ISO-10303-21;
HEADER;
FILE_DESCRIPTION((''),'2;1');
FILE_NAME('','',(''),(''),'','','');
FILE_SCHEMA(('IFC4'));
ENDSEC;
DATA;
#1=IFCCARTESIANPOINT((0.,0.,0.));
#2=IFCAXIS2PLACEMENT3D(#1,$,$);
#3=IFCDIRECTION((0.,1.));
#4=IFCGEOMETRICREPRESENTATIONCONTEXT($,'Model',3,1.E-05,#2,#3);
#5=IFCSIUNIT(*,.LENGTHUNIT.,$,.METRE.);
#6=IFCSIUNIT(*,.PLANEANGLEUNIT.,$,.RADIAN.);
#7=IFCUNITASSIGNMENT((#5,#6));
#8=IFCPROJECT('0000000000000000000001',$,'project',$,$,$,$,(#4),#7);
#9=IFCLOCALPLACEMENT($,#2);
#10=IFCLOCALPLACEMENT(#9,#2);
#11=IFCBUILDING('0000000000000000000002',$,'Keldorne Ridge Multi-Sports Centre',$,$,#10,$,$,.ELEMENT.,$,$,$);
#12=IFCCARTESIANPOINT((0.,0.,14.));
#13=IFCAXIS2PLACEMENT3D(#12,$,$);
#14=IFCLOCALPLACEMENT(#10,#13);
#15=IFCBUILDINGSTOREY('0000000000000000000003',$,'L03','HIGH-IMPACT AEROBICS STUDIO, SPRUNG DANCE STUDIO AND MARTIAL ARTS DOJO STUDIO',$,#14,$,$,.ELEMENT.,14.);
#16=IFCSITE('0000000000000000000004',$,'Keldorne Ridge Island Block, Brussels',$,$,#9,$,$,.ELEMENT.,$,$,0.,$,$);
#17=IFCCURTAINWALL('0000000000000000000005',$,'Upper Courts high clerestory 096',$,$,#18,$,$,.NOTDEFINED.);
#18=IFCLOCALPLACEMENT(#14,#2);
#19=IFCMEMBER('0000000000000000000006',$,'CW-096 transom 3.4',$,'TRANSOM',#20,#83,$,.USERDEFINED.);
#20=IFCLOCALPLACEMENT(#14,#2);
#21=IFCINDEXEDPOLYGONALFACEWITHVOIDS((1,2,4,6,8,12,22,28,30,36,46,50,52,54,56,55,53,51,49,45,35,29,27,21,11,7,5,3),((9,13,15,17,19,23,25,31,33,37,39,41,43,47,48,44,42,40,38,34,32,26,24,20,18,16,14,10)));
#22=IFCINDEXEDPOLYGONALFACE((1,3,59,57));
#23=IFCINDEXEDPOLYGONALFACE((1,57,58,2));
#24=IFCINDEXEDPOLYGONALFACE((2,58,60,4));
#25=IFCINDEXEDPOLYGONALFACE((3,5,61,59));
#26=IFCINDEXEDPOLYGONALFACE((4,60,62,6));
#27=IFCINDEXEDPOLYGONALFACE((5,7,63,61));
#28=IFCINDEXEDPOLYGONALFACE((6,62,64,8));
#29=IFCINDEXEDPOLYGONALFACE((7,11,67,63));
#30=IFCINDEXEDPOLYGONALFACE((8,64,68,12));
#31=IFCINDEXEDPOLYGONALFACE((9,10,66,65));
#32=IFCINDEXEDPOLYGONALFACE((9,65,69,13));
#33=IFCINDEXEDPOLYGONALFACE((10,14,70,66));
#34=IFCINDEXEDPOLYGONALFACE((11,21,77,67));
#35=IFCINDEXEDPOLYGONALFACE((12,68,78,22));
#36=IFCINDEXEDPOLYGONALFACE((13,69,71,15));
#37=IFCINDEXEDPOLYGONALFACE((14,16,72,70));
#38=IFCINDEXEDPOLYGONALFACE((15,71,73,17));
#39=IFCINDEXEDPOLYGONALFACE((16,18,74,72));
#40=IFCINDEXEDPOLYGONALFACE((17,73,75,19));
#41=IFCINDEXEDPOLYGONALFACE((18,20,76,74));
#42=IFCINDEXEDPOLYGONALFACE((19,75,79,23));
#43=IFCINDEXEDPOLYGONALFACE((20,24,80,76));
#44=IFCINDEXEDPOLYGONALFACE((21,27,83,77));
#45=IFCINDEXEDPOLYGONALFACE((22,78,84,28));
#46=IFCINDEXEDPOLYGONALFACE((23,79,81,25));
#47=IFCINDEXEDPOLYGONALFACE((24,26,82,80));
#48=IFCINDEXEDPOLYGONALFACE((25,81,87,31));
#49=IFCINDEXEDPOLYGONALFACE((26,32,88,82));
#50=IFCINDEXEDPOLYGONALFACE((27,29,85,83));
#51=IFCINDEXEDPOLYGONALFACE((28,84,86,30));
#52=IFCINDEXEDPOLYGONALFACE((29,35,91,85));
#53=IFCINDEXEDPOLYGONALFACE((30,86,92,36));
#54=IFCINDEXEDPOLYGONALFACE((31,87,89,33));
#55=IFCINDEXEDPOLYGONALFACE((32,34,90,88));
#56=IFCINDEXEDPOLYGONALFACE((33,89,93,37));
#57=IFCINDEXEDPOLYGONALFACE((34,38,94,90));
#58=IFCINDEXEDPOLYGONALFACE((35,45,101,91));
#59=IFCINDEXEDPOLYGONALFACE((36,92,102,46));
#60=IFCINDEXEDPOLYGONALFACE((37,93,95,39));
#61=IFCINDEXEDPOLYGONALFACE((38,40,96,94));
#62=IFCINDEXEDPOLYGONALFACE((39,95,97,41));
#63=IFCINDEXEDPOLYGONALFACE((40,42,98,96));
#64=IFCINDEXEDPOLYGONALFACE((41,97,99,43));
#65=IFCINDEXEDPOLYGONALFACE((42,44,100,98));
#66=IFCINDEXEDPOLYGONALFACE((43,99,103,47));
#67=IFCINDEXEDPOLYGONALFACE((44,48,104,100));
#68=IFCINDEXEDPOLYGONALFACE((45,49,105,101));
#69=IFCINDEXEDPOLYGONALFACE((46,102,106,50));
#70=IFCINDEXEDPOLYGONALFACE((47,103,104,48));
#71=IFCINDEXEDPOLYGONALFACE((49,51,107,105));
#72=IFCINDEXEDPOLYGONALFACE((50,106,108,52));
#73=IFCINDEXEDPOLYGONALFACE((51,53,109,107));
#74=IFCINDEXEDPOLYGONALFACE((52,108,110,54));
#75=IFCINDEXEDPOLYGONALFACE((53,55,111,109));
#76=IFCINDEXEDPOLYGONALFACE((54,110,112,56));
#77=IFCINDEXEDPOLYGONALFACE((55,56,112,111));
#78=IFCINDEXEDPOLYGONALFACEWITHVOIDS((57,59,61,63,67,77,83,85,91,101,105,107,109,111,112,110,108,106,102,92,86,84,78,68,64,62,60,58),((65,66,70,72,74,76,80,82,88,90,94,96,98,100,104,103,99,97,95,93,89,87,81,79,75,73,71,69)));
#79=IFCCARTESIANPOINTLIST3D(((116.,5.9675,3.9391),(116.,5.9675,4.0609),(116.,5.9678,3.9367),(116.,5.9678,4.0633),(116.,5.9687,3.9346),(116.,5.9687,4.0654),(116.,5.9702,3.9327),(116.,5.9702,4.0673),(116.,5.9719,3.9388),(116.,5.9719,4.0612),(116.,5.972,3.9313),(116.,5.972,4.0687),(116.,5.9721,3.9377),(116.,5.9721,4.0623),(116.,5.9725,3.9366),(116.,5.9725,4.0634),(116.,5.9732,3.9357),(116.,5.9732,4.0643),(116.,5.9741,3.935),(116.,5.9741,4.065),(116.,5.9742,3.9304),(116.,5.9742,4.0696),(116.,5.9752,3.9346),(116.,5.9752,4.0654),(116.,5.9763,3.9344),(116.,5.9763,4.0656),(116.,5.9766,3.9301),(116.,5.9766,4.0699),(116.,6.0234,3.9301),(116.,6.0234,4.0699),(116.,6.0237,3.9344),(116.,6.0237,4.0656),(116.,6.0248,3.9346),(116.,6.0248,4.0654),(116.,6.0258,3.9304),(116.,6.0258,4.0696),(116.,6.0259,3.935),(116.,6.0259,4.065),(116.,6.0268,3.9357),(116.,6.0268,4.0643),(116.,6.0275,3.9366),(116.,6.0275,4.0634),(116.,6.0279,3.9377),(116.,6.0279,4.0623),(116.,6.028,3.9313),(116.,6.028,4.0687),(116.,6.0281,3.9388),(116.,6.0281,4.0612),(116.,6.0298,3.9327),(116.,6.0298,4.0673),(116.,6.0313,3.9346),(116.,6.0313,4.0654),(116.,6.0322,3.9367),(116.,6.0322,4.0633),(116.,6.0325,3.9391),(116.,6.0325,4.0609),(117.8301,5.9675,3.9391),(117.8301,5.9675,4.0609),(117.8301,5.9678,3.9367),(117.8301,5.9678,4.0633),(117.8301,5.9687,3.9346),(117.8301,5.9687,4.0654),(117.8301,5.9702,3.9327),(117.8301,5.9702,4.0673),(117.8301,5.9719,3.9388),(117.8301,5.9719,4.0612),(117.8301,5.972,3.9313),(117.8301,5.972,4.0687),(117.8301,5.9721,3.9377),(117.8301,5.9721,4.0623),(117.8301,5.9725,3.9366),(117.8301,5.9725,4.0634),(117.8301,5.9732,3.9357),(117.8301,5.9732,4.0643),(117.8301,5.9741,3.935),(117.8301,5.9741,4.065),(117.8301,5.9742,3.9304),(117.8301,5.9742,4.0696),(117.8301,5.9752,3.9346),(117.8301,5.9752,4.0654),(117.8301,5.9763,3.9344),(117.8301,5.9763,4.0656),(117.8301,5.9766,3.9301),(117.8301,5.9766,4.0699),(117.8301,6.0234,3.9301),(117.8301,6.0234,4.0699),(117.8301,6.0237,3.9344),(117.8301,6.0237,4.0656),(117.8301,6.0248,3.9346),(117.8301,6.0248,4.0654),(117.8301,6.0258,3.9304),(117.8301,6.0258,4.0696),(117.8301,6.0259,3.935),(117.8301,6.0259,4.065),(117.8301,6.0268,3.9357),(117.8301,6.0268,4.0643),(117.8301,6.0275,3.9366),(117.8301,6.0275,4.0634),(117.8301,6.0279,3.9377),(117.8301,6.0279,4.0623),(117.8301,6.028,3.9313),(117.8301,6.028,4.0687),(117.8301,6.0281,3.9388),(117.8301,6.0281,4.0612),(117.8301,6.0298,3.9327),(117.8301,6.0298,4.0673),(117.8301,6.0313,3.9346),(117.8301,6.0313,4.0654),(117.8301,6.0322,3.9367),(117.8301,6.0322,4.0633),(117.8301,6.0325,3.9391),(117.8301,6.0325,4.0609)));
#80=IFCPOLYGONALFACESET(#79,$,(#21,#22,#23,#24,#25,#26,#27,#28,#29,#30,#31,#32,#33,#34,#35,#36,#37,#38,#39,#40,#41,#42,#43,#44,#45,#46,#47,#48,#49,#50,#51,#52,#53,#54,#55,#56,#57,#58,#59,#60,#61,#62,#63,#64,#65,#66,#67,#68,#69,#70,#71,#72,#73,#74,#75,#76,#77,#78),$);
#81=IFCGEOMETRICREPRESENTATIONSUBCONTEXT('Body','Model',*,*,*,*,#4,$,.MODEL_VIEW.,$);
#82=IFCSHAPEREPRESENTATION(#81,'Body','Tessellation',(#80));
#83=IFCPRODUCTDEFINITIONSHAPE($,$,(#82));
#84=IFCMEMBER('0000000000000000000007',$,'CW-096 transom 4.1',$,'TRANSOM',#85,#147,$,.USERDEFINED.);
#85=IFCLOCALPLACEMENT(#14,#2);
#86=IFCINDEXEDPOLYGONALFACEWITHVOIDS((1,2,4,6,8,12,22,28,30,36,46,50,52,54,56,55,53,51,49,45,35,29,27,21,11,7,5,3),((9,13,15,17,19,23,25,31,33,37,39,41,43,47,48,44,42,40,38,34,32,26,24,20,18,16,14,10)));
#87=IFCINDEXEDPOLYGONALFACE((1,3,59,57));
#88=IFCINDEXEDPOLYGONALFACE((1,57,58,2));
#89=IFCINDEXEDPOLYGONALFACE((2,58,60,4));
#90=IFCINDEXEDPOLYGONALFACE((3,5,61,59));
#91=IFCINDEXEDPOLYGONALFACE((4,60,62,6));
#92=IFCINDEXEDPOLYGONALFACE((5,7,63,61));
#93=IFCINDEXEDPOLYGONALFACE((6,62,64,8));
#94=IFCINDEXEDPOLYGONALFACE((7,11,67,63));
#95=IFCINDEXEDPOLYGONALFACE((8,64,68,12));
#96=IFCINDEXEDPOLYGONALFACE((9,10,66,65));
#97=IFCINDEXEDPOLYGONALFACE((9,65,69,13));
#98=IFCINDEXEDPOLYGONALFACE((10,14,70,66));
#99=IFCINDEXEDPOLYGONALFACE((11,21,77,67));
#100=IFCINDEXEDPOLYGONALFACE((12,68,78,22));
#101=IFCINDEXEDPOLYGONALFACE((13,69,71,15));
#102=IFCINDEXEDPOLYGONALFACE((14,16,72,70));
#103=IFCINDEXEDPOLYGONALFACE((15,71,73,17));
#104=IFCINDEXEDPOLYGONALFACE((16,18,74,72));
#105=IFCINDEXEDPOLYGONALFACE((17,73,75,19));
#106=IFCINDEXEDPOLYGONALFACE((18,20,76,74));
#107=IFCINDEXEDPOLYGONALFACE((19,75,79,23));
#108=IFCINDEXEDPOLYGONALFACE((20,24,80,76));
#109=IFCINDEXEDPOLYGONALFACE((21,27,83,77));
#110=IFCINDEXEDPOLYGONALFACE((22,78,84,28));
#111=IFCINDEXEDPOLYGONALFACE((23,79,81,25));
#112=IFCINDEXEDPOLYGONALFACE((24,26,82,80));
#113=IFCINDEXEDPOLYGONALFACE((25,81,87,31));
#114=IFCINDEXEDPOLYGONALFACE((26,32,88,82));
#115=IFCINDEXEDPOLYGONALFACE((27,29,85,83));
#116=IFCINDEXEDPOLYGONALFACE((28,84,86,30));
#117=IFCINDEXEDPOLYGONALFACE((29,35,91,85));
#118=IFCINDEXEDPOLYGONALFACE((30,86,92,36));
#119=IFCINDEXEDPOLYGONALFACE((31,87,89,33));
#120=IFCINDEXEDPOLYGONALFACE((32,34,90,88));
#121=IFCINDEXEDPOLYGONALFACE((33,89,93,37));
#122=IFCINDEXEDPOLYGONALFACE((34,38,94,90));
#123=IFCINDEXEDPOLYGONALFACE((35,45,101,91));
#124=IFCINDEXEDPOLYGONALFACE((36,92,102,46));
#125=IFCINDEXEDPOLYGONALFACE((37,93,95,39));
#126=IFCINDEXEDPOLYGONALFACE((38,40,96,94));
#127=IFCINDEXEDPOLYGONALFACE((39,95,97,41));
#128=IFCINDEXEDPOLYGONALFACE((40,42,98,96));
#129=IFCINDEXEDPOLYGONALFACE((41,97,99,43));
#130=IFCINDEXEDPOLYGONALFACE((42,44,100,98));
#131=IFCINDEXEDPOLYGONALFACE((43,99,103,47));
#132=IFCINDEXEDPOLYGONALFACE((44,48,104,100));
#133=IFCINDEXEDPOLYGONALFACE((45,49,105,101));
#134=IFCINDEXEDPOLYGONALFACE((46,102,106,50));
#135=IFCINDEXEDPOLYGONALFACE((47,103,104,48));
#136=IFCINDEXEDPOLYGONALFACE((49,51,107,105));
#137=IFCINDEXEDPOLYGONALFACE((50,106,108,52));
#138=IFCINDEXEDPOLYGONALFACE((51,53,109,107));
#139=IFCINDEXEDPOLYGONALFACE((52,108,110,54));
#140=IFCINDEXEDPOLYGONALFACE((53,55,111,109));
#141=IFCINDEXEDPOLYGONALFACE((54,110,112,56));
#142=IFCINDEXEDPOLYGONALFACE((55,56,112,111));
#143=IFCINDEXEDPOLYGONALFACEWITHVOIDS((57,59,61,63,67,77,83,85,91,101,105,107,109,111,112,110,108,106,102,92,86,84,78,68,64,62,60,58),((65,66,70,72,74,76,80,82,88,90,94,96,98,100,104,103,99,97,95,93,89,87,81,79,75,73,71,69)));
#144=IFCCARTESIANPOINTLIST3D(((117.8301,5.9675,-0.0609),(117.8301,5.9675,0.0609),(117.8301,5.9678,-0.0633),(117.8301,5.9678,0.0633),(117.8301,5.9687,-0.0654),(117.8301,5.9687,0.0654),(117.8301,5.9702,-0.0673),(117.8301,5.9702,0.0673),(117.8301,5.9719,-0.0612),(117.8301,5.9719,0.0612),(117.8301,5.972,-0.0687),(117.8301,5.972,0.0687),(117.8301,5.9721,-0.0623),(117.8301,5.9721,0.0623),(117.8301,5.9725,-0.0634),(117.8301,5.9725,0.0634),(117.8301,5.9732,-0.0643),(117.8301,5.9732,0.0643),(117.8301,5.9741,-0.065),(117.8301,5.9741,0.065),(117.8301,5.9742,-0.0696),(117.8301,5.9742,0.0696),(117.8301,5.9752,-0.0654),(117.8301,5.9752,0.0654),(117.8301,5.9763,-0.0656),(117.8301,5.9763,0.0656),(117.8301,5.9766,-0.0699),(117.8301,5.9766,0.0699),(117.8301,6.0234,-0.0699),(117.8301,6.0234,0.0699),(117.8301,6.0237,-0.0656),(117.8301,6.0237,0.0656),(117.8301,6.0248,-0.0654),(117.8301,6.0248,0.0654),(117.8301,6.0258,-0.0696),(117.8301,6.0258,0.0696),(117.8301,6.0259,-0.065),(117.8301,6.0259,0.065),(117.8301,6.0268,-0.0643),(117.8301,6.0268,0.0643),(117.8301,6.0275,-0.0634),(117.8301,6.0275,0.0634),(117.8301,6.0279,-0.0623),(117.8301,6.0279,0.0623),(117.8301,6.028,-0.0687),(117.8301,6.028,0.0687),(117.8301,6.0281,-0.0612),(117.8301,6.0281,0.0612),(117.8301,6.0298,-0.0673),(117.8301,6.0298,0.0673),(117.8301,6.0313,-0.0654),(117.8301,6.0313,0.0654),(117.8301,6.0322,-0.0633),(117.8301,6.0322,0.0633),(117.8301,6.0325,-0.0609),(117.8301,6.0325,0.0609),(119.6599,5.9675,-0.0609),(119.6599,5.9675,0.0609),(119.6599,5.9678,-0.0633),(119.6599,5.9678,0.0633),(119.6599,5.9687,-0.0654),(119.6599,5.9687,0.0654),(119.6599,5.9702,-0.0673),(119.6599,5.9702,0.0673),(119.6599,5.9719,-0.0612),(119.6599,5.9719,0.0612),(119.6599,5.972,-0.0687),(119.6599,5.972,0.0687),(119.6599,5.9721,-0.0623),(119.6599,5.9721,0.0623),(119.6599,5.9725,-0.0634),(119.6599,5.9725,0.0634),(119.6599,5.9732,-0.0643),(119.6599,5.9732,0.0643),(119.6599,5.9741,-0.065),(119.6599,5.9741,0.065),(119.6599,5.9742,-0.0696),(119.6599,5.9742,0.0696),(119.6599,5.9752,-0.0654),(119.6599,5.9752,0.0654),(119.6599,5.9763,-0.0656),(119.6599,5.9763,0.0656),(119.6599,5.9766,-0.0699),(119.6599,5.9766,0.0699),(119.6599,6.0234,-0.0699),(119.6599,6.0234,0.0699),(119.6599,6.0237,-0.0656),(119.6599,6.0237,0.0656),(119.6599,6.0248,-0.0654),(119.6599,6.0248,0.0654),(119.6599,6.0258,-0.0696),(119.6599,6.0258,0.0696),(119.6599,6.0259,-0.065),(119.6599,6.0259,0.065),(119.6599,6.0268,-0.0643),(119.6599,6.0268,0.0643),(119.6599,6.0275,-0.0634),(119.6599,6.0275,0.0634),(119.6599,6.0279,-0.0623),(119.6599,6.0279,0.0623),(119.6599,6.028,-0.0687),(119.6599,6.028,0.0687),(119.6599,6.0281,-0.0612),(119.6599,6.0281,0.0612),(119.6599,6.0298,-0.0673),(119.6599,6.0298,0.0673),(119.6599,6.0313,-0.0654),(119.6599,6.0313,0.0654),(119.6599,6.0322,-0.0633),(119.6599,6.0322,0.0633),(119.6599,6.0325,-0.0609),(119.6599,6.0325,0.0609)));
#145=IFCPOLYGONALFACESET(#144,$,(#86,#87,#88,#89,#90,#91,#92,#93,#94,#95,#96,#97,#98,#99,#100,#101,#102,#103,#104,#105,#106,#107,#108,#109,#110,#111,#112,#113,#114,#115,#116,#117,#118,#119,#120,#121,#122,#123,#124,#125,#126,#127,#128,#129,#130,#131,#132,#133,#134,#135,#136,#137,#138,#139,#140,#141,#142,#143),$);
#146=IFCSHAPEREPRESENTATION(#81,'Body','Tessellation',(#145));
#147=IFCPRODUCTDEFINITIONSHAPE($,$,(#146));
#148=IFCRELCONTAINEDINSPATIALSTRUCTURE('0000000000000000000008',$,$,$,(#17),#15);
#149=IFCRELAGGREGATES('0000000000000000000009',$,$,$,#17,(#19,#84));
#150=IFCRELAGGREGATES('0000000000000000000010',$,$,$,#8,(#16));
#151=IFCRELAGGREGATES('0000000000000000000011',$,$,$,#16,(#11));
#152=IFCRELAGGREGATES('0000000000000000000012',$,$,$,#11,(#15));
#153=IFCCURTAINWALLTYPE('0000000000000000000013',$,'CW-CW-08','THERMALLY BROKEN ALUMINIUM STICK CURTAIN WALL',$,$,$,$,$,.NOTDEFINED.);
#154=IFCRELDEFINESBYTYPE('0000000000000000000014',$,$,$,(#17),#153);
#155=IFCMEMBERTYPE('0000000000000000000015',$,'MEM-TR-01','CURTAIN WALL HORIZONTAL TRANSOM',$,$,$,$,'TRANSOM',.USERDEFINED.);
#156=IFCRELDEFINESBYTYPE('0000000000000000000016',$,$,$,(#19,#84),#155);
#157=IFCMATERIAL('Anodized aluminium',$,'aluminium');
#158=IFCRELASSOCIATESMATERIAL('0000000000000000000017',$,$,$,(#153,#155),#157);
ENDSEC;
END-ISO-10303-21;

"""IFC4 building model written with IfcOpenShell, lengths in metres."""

from ifc_helpers import new_model, si_unit, direction, frame, origin, origin_2d, place, context, subcontext, project, spatial, hollow_rectangle, extrude, material, material_profile, profile_set, type_object, element, aggregate, save


model = new_model("IFC4")

# Units and contexts
model_context = context("Model", 3, precision=1e-05, world=origin(), true_north=direction((0.0, 1.0)))
body_context = subcontext(model_context, "Body", "Model", "MODEL_VIEW")
ifc_project = project(units=[si_unit("LENGTHUNIT", "METRE"), si_unit("PLANEANGLEUNIT", "RADIAN")], contexts=[model_context])

# Site, building, storey
site_placement = place(None, origin())
site = spatial("IfcSite", under=ifc_project, at=site_placement, Name="Keldorne Ridge Island Block, Brussels", CompositionType="ELEMENT", RefElevation=0.0)
building_placement = place(site_placement, origin())
building = spatial("IfcBuilding", under=site, at=building_placement, Name="Keldorne Ridge Multi-Sports Centre", CompositionType="ELEMENT")
storey_placement = place(building_placement, frame((0.0, 0.0, 14.0)))
storey = spatial("IfcBuildingStorey", under=building, at=storey_placement, Name="L03", Description="HIGH-IMPACT AEROBICS STUDIO, SPRUNG DANCE STUDIO AND MARTIAL ARTS DOJO STUDIO", CompositionType="ELEMENT", Elevation=14.0)

# Curtain wall
ifc_material_1 = material(Name="Anodized aluminium", Category="aluminium")
curtain_wall_type = type_object("IfcCurtainWallType", Name="CW-CW-08", Description="THERMALLY BROKEN ALUMINIUM STICK CURTAIN WALL", PredefinedType="NOTDEFINED", material=ifc_material_1)
curtain_wall_placement = place(storey_placement, origin())
curtain_wall = element("IfcCurtainWall", 1, at=curtain_wall_placement, inside=storey, type_object=curtain_wall_type, Name="Upper Courts high clerestory 096", PredefinedType="NOTDEFINED")

# Members
ifc_material_profile_1 = material_profile(ifc_material_1, hollow_rectangle(XDim=0.0649, YDim=0.1399, WallThickness=0.0044, InnerFilletRadius=0.0044, OuterFilletRadius=0.009, at=origin_2d()), Name="ALU TRANSOM 140x65x4.5")
ifc_profile_set_1 = profile_set([ifc_material_profile_1], Name="Anodized aluminium")
member_type_1 = type_object("IfcMemberType", Name="MEM-TR-01", Description="CURTAIN WALL HORIZONTAL TRANSOM", ElementType="TRANSOM", PredefinedType="USERDEFINED", material=ifc_profile_set_1)
member_1_placement = place(storey_placement, frame((116.0, 6.0, 4.0), z_axis=(1.0, 0.0, 0.0), x_axis=(0.0, 1.0, 0.0)))
member_1 = element("IfcMember", 2, at=member_1_placement, type_object=member_type_1, Name="CW-096 transom 3.4", ObjectType="TRANSOM", PredefinedType="USERDEFINED", context=body_context, shape_type="SweptSolid", body=[
    extrude(hollow_rectangle(XDim=0.0649, YDim=0.1399, WallThickness=0.0044, InnerFilletRadius=0.0044, OuterFilletRadius=0.009, at=origin_2d()), origin(), (0.0, 0.0, 1.0), 1.8301),
])
member_2_placement = place(storey_placement, frame((117.8301, 6.0, 0.0), z_axis=(1.0, 0.0, 0.0), x_axis=(0.0, 1.0, 0.0)))
member_2 = element("IfcMember", 3, at=member_2_placement, type_object=member_type_1, Name="CW-096 transom 4.1", ObjectType="TRANSOM", PredefinedType="USERDEFINED", context=body_context, shape_type="SweptSolid", body=[
    extrude(hollow_rectangle(XDim=0.0649, YDim=0.1399, WallThickness=0.0044, InnerFilletRadius=0.0044, OuterFilletRadius=0.009, at=origin_2d()), origin(), (0.0, 0.0, 1.0), 1.8298),
])

aggregate(curtain_wall, [member_1, member_2])

save(model, "model.ifc")
